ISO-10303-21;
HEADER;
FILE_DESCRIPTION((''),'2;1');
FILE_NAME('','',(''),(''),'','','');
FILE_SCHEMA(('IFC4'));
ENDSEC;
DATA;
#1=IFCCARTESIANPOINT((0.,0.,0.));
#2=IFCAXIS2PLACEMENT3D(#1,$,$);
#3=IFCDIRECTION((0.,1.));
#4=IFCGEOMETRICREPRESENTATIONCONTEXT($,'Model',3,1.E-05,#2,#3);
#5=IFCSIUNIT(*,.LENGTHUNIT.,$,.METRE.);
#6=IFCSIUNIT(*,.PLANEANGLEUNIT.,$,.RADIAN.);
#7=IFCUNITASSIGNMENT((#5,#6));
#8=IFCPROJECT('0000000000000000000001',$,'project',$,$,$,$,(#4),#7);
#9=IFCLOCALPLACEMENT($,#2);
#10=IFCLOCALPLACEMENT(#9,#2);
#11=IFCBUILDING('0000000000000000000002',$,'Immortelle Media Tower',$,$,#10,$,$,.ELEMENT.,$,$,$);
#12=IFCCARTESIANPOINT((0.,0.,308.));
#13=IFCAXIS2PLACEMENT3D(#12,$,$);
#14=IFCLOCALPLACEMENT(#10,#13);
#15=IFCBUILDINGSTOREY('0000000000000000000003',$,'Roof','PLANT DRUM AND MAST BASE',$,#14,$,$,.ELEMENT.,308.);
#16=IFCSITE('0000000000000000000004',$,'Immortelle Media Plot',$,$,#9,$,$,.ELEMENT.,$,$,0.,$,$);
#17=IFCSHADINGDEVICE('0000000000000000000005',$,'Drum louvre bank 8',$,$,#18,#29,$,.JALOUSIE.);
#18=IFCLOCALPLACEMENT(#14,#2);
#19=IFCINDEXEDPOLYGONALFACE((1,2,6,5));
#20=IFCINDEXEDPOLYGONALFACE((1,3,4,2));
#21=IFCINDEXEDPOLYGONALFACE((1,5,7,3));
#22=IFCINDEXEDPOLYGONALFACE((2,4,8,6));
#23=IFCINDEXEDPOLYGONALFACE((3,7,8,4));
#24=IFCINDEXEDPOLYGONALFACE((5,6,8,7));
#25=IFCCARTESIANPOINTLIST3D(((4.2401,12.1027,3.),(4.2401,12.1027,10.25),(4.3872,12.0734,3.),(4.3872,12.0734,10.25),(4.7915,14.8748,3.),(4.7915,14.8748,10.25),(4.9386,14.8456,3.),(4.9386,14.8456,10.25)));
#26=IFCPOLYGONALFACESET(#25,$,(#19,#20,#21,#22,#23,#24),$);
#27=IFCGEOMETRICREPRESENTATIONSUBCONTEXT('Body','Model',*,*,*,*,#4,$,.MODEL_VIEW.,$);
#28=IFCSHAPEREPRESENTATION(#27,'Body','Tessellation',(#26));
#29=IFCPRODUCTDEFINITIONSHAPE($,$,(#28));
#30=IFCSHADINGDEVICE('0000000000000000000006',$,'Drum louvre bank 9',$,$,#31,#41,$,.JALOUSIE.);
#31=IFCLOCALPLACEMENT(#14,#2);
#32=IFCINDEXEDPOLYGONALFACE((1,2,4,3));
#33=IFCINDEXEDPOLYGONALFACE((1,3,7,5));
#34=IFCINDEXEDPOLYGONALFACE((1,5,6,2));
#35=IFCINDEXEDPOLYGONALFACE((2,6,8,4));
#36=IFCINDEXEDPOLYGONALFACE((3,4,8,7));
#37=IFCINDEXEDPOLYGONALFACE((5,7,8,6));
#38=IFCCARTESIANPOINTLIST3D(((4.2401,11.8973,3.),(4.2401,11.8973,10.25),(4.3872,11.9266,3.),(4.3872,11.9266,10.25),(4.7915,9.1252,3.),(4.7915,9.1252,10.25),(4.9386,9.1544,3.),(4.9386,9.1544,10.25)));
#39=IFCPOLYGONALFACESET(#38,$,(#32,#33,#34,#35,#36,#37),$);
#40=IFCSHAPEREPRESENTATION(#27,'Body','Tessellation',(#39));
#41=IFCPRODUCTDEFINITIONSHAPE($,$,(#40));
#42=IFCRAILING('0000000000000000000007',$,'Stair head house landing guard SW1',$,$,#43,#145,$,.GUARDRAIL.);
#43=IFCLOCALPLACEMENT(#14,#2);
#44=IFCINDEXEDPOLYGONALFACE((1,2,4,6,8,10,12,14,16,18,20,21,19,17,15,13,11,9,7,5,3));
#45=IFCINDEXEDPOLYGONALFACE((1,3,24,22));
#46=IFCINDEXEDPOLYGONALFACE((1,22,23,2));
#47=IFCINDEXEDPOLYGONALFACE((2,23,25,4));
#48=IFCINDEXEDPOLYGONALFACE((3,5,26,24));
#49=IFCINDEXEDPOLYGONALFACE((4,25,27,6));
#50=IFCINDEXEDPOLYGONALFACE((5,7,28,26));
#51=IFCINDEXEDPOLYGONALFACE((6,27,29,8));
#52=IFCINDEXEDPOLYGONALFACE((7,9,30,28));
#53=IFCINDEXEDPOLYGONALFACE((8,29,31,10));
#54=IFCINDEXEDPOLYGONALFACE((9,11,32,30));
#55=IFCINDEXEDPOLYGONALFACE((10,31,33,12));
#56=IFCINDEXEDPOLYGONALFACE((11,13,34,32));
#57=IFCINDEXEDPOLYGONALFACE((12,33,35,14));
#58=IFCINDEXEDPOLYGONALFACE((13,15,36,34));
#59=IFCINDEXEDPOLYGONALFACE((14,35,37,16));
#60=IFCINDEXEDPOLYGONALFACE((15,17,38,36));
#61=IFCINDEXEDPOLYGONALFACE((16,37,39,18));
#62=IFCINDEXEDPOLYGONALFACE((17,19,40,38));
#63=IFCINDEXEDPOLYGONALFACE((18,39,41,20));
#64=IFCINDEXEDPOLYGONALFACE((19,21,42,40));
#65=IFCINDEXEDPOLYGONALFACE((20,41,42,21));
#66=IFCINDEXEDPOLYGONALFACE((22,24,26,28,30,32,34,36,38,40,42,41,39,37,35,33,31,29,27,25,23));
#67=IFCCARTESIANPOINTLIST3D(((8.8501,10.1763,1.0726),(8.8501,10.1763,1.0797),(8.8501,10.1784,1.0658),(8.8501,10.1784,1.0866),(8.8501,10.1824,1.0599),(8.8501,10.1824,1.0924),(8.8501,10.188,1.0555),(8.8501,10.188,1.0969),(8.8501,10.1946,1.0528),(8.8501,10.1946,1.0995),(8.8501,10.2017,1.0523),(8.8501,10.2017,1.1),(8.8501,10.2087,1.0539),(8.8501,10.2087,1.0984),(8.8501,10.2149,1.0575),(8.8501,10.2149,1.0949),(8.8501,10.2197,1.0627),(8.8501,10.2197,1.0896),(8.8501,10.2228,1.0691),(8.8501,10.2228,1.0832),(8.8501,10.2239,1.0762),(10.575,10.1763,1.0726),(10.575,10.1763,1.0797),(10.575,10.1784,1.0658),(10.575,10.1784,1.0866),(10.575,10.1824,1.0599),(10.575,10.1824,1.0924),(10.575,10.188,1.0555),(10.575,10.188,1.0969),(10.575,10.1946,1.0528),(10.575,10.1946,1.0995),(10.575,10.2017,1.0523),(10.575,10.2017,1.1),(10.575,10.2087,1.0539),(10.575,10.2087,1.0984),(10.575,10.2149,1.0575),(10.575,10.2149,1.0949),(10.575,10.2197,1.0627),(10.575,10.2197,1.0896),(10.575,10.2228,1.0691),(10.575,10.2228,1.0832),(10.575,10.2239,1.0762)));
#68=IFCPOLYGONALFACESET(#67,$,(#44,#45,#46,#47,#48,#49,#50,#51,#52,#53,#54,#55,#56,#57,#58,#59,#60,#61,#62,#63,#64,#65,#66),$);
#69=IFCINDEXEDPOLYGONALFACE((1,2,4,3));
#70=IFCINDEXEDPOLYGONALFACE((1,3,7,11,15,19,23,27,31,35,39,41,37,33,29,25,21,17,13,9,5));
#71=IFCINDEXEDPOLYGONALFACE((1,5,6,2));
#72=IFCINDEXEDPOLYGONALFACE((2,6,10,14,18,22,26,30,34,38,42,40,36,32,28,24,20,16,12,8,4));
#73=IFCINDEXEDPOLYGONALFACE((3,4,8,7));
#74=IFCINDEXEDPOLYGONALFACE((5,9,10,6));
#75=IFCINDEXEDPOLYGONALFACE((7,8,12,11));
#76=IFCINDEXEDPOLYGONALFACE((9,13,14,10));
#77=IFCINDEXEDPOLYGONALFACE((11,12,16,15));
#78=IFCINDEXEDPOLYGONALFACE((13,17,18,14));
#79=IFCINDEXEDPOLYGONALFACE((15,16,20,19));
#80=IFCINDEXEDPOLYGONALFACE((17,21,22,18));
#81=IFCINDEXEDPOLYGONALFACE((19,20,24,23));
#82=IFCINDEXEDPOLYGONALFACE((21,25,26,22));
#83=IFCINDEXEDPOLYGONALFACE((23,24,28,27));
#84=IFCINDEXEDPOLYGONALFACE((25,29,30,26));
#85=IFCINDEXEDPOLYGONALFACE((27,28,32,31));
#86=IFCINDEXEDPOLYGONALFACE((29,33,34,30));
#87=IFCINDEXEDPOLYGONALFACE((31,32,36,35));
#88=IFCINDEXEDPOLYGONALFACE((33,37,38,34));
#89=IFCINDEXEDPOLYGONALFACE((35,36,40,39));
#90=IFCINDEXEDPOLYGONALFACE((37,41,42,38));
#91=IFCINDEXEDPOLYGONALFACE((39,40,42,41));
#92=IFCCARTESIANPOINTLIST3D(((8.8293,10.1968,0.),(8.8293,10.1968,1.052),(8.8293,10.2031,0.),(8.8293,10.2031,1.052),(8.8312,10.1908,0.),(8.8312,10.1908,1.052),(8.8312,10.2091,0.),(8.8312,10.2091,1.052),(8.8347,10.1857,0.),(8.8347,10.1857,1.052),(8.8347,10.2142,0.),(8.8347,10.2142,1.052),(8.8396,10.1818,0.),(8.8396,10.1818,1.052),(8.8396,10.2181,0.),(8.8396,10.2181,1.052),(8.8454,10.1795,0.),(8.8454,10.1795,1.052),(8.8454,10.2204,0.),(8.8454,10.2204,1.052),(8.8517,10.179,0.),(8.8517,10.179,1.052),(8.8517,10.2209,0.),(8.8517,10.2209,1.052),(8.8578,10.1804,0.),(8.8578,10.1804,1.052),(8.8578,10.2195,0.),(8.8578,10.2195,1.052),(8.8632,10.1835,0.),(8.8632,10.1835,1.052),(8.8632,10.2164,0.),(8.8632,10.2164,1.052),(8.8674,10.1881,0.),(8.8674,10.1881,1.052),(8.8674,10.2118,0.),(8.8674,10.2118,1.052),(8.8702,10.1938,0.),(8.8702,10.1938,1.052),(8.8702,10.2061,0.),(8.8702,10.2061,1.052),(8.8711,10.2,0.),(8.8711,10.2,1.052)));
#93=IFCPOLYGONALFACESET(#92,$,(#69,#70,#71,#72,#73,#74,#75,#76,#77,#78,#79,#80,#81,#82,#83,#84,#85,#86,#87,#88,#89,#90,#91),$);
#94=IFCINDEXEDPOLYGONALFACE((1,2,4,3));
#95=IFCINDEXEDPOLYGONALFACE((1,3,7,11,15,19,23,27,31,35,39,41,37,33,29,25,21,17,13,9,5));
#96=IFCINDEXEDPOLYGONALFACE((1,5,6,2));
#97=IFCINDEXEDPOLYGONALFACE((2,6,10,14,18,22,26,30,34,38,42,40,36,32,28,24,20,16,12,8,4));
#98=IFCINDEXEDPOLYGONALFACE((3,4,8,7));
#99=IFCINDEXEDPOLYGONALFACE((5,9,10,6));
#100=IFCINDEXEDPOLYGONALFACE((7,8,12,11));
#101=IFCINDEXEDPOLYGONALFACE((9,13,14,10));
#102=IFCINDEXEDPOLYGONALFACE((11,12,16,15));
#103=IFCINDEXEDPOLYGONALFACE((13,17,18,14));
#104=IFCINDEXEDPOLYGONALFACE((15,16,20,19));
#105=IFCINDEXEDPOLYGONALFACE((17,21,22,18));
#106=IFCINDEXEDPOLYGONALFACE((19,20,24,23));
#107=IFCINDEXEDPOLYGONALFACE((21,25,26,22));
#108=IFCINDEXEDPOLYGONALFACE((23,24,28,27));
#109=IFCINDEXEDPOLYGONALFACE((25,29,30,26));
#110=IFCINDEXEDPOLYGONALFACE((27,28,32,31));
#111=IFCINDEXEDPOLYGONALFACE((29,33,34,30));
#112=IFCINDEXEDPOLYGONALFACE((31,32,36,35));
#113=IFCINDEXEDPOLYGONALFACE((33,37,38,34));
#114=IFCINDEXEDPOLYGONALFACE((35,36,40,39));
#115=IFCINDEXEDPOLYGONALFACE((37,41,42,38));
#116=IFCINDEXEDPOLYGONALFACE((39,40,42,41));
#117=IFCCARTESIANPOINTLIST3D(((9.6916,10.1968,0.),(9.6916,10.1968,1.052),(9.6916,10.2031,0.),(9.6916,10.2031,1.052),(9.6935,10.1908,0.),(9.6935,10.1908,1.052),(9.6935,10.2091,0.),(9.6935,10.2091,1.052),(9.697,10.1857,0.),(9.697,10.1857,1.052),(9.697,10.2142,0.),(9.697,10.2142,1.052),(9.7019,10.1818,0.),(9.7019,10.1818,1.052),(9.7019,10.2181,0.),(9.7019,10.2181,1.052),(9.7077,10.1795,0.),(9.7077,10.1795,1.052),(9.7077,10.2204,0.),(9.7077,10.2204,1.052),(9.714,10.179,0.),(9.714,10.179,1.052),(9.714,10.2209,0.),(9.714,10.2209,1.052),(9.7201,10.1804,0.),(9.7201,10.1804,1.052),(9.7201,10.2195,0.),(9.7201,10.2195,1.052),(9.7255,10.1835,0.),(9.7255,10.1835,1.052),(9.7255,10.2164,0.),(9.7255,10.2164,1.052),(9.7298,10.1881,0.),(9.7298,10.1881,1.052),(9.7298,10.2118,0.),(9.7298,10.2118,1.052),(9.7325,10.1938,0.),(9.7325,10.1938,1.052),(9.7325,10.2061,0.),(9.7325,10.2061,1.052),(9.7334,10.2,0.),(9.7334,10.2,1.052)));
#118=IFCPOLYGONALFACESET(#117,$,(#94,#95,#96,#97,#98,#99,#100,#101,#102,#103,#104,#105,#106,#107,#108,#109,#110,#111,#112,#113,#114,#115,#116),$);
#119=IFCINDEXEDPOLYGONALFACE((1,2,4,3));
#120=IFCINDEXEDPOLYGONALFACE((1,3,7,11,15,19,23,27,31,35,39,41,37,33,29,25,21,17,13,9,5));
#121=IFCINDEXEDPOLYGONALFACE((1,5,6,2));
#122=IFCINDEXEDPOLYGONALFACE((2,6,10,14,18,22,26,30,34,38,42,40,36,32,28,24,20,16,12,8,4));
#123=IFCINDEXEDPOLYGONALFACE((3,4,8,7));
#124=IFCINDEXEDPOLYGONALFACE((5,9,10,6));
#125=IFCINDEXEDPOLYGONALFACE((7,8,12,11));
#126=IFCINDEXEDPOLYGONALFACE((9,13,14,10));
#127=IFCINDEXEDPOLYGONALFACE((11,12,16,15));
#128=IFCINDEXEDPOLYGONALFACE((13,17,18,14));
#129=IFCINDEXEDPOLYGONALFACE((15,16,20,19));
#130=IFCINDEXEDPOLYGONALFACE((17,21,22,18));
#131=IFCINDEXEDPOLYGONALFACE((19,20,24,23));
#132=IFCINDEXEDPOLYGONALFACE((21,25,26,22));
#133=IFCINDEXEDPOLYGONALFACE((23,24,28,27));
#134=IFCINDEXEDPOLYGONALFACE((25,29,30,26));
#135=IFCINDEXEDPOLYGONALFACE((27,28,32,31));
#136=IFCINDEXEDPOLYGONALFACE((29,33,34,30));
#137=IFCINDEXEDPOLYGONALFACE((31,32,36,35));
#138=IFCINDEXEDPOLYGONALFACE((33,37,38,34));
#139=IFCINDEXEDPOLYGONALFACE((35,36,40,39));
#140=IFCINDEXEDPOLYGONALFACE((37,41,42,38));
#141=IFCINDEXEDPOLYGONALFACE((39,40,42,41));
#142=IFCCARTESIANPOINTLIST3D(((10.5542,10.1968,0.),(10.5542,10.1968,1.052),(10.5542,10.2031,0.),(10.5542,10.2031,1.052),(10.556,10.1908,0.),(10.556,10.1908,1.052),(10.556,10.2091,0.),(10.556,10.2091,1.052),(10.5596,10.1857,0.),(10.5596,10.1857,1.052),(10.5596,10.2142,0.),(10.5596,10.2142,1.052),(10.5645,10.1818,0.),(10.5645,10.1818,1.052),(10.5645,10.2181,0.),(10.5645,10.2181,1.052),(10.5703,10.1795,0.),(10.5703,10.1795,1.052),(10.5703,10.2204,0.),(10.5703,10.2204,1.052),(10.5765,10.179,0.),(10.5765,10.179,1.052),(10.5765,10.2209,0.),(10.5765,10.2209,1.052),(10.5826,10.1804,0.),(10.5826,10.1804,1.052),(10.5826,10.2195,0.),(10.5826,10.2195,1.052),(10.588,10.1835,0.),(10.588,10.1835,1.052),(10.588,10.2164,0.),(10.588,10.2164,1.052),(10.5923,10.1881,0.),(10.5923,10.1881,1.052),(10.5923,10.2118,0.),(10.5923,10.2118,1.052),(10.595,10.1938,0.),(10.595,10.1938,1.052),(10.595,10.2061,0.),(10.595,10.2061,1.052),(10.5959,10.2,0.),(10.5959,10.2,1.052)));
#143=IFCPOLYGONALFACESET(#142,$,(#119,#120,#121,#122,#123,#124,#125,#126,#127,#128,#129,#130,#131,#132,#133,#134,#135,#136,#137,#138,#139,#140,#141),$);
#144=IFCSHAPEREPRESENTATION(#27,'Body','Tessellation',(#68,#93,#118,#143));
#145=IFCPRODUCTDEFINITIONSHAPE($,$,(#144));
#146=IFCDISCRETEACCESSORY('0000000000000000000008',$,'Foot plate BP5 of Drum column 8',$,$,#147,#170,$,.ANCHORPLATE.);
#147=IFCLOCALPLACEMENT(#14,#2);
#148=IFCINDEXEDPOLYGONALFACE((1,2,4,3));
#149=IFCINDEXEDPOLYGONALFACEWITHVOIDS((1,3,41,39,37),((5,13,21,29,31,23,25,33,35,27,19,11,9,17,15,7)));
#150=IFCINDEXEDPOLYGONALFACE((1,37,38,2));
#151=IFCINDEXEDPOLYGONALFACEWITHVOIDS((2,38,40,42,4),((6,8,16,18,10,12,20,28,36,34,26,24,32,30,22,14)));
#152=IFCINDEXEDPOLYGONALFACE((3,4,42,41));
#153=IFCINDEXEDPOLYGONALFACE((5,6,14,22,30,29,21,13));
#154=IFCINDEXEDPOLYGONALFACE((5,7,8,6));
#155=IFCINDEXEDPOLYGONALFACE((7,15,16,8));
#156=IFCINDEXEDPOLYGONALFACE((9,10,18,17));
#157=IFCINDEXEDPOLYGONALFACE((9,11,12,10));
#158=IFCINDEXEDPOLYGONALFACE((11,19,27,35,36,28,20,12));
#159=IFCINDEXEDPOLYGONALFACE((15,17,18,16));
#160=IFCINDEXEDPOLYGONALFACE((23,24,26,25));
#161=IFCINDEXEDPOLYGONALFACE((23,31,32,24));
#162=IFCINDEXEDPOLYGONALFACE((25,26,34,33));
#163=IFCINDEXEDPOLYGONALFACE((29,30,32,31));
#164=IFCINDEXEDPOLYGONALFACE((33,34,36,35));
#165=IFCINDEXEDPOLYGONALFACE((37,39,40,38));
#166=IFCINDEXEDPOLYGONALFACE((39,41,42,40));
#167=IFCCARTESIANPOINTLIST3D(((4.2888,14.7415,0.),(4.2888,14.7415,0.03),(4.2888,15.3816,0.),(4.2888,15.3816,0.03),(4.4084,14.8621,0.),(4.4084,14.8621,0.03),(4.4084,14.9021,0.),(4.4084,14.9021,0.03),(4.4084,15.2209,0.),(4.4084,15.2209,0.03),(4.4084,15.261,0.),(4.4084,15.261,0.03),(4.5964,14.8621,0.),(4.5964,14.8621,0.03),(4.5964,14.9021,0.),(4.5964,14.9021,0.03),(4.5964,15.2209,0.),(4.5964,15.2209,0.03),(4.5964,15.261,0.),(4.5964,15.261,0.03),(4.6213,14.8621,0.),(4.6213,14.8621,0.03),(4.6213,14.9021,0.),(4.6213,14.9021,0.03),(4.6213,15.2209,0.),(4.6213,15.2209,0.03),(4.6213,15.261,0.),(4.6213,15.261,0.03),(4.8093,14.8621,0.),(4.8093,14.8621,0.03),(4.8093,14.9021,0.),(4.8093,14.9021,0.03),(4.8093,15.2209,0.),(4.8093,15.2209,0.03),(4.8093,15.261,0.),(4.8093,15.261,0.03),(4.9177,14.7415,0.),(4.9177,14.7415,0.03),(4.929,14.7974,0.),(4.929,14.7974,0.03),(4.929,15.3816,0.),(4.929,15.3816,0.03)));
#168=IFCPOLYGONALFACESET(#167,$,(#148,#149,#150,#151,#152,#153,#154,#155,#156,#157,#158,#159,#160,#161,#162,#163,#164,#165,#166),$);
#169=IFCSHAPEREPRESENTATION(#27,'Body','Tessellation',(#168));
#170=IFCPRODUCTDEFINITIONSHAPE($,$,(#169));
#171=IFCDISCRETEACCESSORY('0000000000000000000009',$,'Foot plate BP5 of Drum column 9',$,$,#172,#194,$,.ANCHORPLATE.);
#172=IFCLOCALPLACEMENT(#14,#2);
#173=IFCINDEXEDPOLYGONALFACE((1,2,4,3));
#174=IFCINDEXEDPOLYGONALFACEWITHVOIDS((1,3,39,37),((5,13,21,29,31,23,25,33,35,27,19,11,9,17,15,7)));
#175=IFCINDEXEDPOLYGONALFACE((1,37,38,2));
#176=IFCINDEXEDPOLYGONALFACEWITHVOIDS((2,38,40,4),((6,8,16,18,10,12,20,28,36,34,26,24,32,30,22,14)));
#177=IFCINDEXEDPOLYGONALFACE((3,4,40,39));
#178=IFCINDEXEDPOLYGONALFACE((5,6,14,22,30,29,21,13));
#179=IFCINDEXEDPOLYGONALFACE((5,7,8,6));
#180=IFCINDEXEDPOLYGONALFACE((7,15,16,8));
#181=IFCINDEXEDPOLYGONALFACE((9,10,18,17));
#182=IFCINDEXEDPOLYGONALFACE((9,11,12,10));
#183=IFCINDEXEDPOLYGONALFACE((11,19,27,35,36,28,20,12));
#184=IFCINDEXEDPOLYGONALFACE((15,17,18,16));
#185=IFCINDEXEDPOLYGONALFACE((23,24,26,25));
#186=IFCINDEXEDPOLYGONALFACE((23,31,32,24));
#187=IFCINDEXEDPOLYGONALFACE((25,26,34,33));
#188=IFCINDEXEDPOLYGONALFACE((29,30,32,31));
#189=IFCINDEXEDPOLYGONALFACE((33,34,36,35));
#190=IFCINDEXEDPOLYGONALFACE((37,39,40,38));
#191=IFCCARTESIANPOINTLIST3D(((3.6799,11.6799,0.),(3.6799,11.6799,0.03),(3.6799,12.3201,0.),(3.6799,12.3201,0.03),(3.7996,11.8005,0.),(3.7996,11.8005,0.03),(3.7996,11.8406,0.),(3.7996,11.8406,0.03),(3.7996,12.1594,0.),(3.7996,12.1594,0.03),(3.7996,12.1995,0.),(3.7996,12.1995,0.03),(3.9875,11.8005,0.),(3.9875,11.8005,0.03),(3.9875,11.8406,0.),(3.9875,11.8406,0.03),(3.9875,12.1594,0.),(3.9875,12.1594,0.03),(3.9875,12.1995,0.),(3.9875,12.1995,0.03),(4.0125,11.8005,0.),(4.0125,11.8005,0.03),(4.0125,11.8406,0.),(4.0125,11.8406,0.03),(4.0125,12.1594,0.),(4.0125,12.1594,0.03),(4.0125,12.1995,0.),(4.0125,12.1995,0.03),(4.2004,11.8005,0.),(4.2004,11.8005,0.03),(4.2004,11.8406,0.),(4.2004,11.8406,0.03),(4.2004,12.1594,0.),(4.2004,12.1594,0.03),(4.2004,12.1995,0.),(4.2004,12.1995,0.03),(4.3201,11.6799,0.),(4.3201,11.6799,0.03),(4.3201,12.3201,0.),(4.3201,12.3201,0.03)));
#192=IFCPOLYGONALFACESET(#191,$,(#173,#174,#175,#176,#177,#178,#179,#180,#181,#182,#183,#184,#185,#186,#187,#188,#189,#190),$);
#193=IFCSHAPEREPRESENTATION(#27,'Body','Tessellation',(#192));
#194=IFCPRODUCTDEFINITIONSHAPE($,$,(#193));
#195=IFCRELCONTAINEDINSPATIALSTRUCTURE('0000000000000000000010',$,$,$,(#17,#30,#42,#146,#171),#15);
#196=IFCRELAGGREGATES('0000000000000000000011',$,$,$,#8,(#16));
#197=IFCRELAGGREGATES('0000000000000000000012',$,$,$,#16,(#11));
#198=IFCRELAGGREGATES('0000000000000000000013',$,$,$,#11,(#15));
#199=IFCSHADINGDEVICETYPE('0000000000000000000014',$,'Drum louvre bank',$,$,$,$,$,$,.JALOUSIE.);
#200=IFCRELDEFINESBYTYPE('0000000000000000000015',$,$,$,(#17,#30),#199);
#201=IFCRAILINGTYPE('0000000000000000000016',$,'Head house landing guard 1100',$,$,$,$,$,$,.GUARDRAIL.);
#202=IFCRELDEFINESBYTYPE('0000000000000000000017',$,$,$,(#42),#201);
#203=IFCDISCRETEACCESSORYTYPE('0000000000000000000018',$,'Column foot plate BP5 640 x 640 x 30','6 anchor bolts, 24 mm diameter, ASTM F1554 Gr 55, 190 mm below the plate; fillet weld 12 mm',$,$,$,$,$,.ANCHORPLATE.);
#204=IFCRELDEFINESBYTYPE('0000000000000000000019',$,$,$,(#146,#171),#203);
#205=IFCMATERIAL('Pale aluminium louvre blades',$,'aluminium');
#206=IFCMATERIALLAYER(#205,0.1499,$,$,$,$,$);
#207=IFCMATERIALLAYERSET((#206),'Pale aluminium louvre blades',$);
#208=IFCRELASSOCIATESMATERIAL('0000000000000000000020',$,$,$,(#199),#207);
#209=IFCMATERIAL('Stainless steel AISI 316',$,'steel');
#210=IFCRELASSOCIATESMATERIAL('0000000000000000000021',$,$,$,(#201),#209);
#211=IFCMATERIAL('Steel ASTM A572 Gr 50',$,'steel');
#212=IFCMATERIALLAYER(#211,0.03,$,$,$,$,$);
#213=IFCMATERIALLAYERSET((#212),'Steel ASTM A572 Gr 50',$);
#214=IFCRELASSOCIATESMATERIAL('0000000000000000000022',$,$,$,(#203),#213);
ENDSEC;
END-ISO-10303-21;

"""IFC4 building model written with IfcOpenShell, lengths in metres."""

from ifc_helpers import new_model, si_unit, direction, frame, origin, origin_2d, place, context, subcontext, project, spatial, polyline, rectangle, circle, outline, extrude, material, layer, layer_set, type_object, element, save


model = new_model("IFC4")

# Units and contexts
model_context = context("Model", 3, precision=1e-05, world=origin(), true_north=direction((0.0, 1.0)))
body_context = subcontext(model_context, "Body", "Model", "MODEL_VIEW")
ifc_project = project(units=[si_unit("LENGTHUNIT", "METRE"), si_unit("PLANEANGLEUNIT", "RADIAN")], contexts=[model_context])

# Site, building, storey
site_placement = place(None, origin())
site = spatial("IfcSite", under=ifc_project, at=site_placement, Name="Immortelle Media Plot", CompositionType="ELEMENT", RefElevation=0.0)
building_placement = place(site_placement, origin())
building = spatial("IfcBuilding", under=site, at=building_placement, Name="Immortelle Media Tower", CompositionType="ELEMENT")
storey_placement = place(building_placement, frame((0.0, 0.0, 308.0)))
storey = spatial("IfcBuildingStorey", under=building, at=storey_placement, Name="Roof", Description="PLANT DRUM AND MAST BASE", CompositionType="ELEMENT", Elevation=308.0)

# Shading devices
ifc_material_1 = material(Name="Pale aluminium louvre blades", Category="aluminium")
ifc_layer_1 = layer(ifc_material_1, 0.1499)
ifc_layer_set_1 = layer_set([ifc_layer_1], Name="Pale aluminium louvre blades")
shading_device_type = type_object("IfcShadingDeviceType", Name="Drum louvre bank", PredefinedType="JALOUSIE", material=ifc_layer_set_1)
for number, where, z_axis, x_axis, name in (
    (1, (4.5894, 13.4741, 3.0), (0.0, 0.0, 1.0), (-0.19509, -0.980785, 0.0), "Drum louvre bank 8"),
    (2, (4.5894, 10.5259, 3.0), (0.0, 0.0, 1.0), (0.19509, -0.980785, 0.0), "Drum louvre bank 9"),
):
    element("IfcShadingDevice", number, at=place(storey_placement, frame(where, z_axis=z_axis, x_axis=x_axis)), inside=storey, type_object=shading_device_type, Name=name, PredefinedType="JALOUSIE", context=body_context, shape_type="SweptSolid", body=[
        extrude(rectangle(XDim=2.8264, YDim=0.1499, at=origin_2d()), origin(), (0.0, 0.0, 1.0), 7.25),
    ])

# Railing
ifc_material_2 = material(Name="Stainless steel AISI 316", Category="steel")
railing_type = type_object("IfcRailingType", Name="Head house landing guard 1100", PredefinedType="GUARDRAIL", material=ifc_material_2)
railing_placement = place(storey_placement, frame((8.8501, 10.2, 0.0)))
element("IfcRailing", 3, at=railing_placement, inside=storey, type_object=railing_type, Name="Stair head house landing guard SW1", PredefinedType="GUARDRAIL", context=body_context, shape_type="SweptSolid", body=[
    extrude(circle(Radius=0.0239, at=origin_2d()), frame((0.0, 0.0, 1.0762), z_axis=(1.0, 0.0, 0.0), x_axis=(0.0, 1.0, 0.0)), (0.0, 0.0, 1.0), 1.7249),
    extrude(circle(Radius=0.021, at=origin_2d()), origin(), (0.0, 0.0, 1.0), 1.052),
    extrude(circle(Radius=0.021, at=origin_2d()), frame((0.8623, 0.0, 0.0)), (0.0, 0.0, 1.0), 1.052),
    extrude(circle(Radius=0.021, at=origin_2d()), frame((1.7249, 0.0, 0.0)), (0.0, 0.0, 1.0), 1.052),
])

# Discrete accessories
ifc_material_3 = material(Name="Steel ASTM A572 Gr 50", Category="steel")
ifc_layer_2 = layer(ifc_material_3, 0.03)
ifc_layer_set_2 = layer_set([ifc_layer_2], Name="Steel ASTM A572 Gr 50")
discrete_accessory_type_1 = type_object("IfcDiscreteAccessoryType", Name="Column foot plate BP5 640 x 640 x 30", Description="6 anchor bolts, 24 mm diameter, ASTM F1554 Gr 55, 190 mm below the plate; fillet weld 12 mm", PredefinedType="ANCHORPLATE", material=ifc_layer_set_2)
discrete_accessory_1_placement = place(storey_placement, frame((4.6089, 15.0615, 0.0), z_axis=(0.0, 0.0, 1.0), x_axis=(1.0, 0.0, 0.0)))
element("IfcDiscreteAccessory", 4, at=discrete_accessory_1_placement, inside=storey, type_object=discrete_accessory_type_1, Name="Foot plate BP5 of Drum column 8", PredefinedType="ANCHORPLATE", context=body_context, shape_type="SweptSolid", body=[
    extrude(outline(polyline([(-0.3201, 0.3201), (-0.3201, -0.3201), (0.3088, -0.3201), (0.3201, -0.2642), (0.3201, 0.3201), (-0.3201, 0.3201)]), holes=[polyline([(0.0125, -0.1594), (0.2004, -0.1594), (0.2004, -0.1995), (0.0125, -0.1995), (-0.0125, -0.1995), (-0.2004, -0.1995), (-0.2004, -0.1594), (-0.0125, -0.1594), (-0.0125, 0.1594), (-0.2004, 0.1594), (-0.2004, 0.1995), (-0.0125, 0.1995), (0.0125, 0.1995), (0.2004, 0.1995), (0.2004, 0.1594), (0.0125, 0.1594), (0.0125, -0.1594)])]), origin(), (0.0, 0.0, 1.0), 0.03),
])
discrete_accessory_2_placement = place(storey_placement, frame((4.0, 12.0, 0.0), z_axis=(0.0, 0.0, 1.0), x_axis=(1.0, 0.0, 0.0)))
element("IfcDiscreteAccessory", 5, at=discrete_accessory_2_placement, inside=storey, type_object=discrete_accessory_type_1, Name="Foot plate BP5 of Drum column 9", PredefinedType="ANCHORPLATE", context=body_context, shape_type="SweptSolid", body=[
    extrude(outline(polyline([(-0.3201, -0.3201), (0.3201, -0.3201), (0.3201, 0.3201), (-0.3201, 0.3201), (-0.3201, -0.3201)]), holes=[polyline([(0.0125, -0.1594), (0.2004, -0.1594), (0.2004, -0.1995), (0.0125, -0.1995), (-0.0125, -0.1995), (-0.2004, -0.1995), (-0.2004, -0.1594), (-0.0125, -0.1594), (-0.0125, 0.1594), (-0.2004, 0.1594), (-0.2004, 0.1995), (-0.0125, 0.1995), (0.0125, 0.1995), (0.2004, 0.1995), (0.2004, 0.1594), (0.0125, 0.1594), (0.0125, -0.1594)])]), origin(), (0.0, 0.0, 1.0), 0.03),
])

save(model, "model.ifc")
